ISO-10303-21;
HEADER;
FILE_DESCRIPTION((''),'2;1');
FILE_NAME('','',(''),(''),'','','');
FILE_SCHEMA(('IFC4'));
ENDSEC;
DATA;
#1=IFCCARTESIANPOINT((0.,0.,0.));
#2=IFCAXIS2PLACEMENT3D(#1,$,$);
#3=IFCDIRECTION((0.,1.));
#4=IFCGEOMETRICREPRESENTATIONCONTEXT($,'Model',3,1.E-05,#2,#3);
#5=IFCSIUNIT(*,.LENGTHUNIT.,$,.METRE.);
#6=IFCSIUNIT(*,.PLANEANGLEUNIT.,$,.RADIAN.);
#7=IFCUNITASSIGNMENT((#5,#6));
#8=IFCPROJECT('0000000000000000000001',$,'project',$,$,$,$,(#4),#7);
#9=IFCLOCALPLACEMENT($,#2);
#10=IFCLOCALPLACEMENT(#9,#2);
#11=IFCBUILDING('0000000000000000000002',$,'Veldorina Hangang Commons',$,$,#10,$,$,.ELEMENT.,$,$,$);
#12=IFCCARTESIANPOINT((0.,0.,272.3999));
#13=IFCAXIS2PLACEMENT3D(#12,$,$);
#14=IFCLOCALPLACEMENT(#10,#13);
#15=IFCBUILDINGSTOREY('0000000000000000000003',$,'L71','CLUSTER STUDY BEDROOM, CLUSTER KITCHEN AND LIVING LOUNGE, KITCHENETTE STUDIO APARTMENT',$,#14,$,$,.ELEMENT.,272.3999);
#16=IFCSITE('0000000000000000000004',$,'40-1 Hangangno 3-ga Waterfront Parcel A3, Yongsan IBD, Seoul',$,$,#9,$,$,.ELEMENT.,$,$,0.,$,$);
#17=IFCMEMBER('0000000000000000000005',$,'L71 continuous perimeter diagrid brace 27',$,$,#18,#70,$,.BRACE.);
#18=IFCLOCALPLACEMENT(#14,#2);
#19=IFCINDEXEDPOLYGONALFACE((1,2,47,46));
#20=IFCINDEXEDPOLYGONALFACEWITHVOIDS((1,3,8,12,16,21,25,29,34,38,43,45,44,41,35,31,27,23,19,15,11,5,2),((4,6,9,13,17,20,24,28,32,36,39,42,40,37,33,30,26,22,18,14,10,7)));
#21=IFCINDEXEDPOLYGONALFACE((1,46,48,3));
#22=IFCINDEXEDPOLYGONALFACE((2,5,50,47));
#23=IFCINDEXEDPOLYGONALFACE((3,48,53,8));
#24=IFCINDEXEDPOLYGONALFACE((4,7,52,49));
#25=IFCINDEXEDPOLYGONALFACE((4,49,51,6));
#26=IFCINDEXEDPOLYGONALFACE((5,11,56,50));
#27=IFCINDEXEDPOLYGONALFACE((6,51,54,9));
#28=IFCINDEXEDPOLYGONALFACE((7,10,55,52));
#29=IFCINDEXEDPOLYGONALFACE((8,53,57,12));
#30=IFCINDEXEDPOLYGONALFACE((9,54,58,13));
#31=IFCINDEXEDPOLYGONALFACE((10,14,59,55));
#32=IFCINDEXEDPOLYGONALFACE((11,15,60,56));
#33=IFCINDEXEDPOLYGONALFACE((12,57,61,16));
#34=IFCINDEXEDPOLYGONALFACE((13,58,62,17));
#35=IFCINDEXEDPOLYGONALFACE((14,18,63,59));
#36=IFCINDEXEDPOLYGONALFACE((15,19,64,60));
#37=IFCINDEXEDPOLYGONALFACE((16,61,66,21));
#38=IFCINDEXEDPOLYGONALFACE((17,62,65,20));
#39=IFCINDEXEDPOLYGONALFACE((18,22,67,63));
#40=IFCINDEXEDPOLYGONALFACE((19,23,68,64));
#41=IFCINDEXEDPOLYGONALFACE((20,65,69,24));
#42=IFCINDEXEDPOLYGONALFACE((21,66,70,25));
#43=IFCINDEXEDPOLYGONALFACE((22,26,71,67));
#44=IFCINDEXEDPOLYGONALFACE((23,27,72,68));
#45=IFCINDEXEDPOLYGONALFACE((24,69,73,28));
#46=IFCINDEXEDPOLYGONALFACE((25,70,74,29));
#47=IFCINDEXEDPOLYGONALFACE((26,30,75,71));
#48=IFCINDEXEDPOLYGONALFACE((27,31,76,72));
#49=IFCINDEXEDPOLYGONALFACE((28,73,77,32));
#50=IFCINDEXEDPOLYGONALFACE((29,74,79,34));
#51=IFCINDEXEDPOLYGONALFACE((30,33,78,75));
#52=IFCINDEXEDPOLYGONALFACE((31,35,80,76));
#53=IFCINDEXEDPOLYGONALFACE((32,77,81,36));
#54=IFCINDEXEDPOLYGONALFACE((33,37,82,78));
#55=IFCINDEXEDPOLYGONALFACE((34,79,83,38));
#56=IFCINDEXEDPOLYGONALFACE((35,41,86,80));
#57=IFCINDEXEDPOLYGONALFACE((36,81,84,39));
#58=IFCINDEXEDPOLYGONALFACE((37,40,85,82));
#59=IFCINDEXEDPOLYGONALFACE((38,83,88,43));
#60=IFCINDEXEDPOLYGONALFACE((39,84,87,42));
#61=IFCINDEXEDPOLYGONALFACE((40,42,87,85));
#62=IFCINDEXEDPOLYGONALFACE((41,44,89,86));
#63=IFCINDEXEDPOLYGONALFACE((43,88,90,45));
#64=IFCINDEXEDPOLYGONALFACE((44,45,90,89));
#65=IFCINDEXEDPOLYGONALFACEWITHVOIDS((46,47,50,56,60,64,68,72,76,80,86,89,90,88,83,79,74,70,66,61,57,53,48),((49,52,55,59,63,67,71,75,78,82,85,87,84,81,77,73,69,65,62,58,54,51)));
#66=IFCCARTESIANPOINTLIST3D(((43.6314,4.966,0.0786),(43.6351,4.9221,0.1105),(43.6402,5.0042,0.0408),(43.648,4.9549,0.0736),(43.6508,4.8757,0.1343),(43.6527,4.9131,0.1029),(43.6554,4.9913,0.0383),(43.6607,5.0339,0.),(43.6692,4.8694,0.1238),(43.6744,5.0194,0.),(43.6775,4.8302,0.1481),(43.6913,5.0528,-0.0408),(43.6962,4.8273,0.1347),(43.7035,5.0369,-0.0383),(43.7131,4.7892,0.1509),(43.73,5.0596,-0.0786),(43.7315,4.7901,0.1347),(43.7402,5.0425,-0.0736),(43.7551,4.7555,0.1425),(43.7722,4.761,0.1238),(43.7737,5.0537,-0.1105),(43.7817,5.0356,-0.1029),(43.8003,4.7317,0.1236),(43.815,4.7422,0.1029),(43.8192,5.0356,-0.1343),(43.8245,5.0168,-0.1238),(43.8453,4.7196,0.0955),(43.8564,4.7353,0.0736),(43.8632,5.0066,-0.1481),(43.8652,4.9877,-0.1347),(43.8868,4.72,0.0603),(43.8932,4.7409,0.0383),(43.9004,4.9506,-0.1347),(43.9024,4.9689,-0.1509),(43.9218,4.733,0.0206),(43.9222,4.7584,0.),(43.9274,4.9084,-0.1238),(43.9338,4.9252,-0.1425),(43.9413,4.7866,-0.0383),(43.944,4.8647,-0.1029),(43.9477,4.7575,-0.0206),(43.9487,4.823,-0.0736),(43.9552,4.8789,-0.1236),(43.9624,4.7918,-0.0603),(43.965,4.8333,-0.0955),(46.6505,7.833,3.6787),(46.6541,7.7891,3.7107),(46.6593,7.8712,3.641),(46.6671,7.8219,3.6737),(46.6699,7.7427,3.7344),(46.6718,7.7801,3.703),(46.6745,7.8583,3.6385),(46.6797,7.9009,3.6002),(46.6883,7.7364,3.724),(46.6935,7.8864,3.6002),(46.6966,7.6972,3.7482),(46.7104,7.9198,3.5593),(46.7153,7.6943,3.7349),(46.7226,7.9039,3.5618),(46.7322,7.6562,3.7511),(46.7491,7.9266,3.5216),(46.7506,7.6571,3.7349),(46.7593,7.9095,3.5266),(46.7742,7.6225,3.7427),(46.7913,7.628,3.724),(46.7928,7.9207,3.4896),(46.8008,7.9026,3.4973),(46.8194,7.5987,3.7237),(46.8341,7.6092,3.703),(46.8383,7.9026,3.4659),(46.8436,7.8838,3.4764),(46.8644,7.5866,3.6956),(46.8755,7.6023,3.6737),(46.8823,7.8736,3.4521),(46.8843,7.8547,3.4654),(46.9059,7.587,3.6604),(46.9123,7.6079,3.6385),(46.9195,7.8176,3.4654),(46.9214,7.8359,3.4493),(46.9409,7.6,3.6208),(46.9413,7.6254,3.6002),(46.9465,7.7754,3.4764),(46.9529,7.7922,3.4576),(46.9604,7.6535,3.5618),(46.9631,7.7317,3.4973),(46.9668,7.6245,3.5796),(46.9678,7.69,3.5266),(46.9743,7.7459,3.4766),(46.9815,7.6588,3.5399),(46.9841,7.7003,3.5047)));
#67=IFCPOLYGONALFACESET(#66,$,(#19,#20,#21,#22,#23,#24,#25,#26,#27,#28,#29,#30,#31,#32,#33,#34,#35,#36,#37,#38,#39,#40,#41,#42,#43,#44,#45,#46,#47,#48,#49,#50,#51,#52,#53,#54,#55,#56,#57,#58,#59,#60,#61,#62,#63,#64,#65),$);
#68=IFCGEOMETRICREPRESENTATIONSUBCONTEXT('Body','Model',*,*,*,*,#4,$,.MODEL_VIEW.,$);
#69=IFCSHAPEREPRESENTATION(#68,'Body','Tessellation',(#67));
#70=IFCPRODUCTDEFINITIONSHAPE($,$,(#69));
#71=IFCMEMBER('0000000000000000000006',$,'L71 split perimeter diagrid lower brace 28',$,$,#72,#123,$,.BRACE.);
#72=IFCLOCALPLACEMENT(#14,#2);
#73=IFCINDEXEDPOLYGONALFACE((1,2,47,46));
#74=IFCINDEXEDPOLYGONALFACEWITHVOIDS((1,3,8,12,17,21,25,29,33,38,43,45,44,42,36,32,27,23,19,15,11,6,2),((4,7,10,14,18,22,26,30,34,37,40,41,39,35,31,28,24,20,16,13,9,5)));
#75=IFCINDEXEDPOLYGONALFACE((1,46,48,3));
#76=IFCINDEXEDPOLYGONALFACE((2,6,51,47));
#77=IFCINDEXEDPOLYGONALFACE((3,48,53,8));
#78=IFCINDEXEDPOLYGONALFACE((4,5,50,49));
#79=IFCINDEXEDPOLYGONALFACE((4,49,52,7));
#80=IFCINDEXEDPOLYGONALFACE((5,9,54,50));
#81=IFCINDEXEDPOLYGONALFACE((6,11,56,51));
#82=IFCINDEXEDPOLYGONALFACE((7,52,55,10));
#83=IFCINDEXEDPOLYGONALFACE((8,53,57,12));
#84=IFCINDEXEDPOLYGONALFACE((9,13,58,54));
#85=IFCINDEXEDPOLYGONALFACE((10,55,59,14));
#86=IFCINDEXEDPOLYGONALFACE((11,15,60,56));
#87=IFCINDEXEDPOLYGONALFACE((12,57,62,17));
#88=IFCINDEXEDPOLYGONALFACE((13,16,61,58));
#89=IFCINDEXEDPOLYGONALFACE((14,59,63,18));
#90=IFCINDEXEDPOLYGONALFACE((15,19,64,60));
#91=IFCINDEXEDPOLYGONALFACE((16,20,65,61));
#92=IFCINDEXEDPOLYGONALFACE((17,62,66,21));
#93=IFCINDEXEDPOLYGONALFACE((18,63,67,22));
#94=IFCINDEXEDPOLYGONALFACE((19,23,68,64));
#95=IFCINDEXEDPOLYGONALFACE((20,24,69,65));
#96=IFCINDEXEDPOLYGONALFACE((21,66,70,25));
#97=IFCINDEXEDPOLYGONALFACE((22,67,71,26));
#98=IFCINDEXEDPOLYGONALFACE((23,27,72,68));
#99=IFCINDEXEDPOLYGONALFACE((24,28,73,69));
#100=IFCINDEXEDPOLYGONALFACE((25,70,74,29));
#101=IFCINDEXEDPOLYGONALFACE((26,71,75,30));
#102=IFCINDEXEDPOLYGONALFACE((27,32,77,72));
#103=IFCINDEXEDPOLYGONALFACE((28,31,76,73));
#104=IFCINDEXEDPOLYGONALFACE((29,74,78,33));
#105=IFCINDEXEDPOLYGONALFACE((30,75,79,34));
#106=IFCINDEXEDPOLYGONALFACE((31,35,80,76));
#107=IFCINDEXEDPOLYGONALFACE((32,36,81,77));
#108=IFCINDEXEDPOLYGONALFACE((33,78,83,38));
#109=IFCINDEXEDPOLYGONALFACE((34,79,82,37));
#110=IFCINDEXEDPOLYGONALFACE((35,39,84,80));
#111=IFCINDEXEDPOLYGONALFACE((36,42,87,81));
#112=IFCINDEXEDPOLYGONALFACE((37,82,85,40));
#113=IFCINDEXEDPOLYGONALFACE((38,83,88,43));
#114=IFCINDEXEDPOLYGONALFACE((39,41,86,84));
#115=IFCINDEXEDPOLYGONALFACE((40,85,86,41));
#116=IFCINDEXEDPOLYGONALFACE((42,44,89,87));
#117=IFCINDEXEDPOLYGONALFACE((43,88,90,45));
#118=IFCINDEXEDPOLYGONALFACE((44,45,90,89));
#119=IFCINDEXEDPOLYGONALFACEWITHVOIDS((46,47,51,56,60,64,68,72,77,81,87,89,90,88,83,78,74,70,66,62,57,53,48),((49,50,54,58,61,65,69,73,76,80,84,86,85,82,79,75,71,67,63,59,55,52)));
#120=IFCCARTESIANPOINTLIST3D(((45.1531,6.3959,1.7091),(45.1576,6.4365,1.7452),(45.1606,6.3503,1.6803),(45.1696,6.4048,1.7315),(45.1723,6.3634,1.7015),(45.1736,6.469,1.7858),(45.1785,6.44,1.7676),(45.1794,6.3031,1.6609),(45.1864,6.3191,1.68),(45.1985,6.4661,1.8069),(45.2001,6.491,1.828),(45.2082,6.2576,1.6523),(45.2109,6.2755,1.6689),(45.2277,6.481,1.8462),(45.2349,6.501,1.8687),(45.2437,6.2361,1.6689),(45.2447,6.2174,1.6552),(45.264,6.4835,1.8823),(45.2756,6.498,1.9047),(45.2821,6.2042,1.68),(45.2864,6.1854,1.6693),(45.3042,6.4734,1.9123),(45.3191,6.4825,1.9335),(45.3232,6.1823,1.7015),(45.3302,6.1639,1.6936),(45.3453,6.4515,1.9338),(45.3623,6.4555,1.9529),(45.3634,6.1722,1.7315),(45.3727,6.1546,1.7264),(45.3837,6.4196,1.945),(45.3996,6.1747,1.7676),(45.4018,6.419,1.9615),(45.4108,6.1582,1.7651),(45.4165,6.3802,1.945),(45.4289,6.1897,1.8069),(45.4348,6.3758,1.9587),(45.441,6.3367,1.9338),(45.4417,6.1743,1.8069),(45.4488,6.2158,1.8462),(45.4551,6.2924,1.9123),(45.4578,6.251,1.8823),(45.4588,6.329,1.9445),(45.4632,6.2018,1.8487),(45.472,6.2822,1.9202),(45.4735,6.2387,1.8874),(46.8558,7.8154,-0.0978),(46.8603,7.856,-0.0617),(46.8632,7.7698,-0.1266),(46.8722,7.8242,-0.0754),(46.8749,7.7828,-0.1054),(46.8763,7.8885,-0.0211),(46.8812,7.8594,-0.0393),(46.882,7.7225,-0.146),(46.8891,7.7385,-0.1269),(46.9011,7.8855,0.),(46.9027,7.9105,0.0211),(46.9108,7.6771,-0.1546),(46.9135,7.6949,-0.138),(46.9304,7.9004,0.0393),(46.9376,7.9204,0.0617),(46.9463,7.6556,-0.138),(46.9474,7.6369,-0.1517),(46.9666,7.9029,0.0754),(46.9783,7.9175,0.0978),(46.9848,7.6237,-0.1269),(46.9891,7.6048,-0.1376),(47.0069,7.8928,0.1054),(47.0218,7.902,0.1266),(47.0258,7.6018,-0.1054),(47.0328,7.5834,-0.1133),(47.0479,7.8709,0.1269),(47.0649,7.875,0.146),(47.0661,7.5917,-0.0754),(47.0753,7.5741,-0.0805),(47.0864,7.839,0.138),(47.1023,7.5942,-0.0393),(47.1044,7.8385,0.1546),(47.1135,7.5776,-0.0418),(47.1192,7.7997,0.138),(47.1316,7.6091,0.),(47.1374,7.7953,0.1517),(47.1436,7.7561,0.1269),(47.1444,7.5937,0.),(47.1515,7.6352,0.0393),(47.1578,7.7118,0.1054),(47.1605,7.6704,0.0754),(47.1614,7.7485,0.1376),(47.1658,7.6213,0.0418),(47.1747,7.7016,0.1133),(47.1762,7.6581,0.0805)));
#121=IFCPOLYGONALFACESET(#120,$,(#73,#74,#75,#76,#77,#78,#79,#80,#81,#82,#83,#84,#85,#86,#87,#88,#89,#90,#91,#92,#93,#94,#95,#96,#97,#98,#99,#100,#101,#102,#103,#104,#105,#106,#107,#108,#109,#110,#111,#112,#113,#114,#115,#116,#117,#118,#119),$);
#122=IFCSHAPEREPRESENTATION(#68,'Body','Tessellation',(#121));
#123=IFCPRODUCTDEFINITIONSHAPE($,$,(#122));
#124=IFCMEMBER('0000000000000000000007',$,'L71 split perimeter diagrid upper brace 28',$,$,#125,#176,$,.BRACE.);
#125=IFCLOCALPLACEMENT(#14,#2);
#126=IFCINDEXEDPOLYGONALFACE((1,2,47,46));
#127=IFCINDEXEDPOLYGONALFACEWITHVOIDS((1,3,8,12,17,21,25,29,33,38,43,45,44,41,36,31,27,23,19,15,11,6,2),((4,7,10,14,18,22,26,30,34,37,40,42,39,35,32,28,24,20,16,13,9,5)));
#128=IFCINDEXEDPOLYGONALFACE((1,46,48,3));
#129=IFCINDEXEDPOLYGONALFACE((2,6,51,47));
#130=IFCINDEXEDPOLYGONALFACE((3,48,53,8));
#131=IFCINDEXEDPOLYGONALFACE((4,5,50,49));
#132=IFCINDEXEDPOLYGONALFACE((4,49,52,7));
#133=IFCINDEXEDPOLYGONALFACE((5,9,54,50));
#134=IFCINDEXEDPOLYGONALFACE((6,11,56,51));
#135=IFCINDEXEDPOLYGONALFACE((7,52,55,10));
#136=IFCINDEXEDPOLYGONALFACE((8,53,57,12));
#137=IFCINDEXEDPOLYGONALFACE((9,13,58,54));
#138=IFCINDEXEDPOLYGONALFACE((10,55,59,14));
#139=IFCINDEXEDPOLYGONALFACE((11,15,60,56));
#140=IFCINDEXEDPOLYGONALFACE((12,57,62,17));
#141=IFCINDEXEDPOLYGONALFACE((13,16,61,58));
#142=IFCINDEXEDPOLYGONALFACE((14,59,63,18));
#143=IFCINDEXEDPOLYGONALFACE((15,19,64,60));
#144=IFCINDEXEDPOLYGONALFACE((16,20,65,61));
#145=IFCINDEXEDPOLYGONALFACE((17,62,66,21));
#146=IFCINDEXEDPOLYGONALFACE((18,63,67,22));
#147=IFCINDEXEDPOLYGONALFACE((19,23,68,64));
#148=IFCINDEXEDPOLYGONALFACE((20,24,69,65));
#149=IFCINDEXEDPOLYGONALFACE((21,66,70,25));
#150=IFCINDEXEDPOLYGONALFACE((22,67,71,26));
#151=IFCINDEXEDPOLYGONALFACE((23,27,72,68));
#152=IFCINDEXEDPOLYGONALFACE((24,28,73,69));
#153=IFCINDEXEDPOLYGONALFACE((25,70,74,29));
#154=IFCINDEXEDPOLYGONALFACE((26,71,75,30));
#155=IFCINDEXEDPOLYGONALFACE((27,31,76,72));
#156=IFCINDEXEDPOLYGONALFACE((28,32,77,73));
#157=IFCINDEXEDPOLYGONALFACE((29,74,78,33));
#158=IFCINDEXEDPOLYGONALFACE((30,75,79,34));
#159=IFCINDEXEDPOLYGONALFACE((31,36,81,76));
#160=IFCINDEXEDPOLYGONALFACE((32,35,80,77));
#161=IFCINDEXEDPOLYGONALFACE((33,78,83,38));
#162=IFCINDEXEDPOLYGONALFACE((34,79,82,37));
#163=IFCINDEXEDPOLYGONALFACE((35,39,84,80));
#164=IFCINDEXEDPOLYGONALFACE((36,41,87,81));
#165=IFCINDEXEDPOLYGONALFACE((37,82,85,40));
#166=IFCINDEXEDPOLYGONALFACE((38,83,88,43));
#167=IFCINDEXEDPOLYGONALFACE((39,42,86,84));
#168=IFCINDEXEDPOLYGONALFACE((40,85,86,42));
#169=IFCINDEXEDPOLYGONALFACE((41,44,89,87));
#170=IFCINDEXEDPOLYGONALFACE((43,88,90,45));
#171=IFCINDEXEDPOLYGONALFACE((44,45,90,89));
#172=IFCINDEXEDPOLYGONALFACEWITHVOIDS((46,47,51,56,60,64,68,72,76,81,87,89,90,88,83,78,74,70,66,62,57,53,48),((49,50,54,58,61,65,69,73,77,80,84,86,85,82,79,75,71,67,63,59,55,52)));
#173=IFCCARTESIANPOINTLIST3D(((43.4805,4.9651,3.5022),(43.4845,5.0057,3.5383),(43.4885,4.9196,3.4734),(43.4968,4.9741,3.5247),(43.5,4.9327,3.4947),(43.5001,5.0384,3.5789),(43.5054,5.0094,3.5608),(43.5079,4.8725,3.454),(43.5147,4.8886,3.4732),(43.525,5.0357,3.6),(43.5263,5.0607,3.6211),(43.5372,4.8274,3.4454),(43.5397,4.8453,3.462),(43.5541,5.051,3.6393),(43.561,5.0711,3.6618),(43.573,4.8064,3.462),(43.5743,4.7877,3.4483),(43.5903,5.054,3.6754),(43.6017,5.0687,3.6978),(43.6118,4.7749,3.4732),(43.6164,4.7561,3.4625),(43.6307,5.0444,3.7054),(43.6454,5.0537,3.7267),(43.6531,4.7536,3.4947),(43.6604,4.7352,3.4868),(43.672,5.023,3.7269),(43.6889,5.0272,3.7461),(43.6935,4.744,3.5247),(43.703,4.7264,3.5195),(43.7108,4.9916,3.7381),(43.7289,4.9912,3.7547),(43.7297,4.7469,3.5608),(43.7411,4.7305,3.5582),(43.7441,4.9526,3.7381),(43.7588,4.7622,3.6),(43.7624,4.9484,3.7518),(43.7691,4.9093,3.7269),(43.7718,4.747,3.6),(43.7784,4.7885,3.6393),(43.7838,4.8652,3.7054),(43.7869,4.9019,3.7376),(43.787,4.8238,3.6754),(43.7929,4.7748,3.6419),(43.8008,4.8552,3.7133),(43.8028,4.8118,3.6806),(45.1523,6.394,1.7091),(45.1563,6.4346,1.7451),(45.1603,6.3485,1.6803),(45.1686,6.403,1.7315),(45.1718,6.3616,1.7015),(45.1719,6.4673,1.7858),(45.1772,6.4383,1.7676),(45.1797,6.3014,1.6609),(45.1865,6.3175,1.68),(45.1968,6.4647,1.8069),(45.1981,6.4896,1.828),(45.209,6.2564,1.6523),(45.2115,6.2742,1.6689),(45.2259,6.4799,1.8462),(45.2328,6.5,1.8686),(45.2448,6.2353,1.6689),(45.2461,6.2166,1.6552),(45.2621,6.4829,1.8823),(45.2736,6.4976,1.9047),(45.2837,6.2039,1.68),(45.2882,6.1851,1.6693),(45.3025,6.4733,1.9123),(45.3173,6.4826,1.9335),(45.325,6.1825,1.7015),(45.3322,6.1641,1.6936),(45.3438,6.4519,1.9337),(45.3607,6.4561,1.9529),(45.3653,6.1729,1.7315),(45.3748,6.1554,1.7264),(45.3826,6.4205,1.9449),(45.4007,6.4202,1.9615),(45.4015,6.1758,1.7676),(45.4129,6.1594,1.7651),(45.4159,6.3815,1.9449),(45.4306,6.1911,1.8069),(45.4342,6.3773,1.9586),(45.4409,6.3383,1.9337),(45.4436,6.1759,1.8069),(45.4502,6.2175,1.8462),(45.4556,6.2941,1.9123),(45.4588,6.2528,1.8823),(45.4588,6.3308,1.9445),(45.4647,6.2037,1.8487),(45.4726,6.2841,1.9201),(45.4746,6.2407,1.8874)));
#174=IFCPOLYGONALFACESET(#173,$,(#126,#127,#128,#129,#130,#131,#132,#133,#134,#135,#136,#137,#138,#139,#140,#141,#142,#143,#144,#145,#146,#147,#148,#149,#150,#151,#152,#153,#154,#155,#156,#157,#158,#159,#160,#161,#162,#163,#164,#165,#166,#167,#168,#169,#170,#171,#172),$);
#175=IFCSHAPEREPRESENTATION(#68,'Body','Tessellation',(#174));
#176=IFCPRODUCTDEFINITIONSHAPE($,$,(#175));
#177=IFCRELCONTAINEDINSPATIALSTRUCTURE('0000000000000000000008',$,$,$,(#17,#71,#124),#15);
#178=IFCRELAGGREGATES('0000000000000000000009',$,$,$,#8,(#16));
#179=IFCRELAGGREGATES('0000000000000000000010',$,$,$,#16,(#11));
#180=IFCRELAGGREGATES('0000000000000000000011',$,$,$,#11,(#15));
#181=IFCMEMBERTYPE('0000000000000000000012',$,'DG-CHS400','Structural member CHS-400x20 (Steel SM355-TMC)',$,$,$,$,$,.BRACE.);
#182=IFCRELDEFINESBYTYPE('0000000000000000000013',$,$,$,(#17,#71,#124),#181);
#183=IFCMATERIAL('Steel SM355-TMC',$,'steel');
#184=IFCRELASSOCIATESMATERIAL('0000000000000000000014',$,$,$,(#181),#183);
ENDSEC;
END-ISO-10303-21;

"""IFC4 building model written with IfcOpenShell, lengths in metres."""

from ifc_helpers import new_model, si_unit, direction, frame, origin, origin_2d, place, context, subcontext, project, spatial, hollow_circle, extrude, material, material_profile, profile_set, type_object, element, save


model = new_model("IFC4")

# Units and contexts
model_context = context("Model", 3, precision=1e-05, world=origin(), true_north=direction((0.0, 1.0)))
body_context = subcontext(model_context, "Body", "Model", "MODEL_VIEW")
ifc_project = project(units=[si_unit("LENGTHUNIT", "METRE"), si_unit("PLANEANGLEUNIT", "RADIAN")], contexts=[model_context])

# Site, building, storey
site_placement = place(None, origin())
site = spatial("IfcSite", under=ifc_project, at=site_placement, Name="40-1 Hangangno 3-ga Waterfront Parcel A3, Yongsan IBD, Seoul", CompositionType="ELEMENT", RefElevation=0.0)
building_placement = place(site_placement, origin())
building = spatial("IfcBuilding", under=site, at=building_placement, Name="Veldorina Hangang Commons", CompositionType="ELEMENT")
storey_placement = place(building_placement, frame((0.0, 0.0, 272.3999)))
storey = spatial("IfcBuildingStorey", under=building, at=storey_placement, Name="L71", Description="CLUSTER STUDY BEDROOM, CLUSTER KITCHEN AND LIVING LOUNGE, KITCHENETTE STUDIO APARTMENT", CompositionType="ELEMENT", Elevation=272.3999)

# Shared definitions
ifc_material_1 = material(Name="Steel SM355-TMC", Category="steel")

# Members
ifc_material_profile_1 = material_profile(ifc_material_1, hollow_circle(Radius=0.2, WallThickness=0.02, at=origin_2d()), Name="CHS-400x20")
ifc_profile_set_1 = profile_set([ifc_material_profile_1], Name="Steel SM355-TMC")
member_type_1 = type_object("IfcMemberType", Name="DG-CHS400", Description="Structural member CHS-400x20 (Steel SM355-TMC)", PredefinedType="BRACE", material=ifc_profile_set_1)
member_1_placement = place(storey_placement, frame((43.7983, 4.8889, 0.0), z_axis=(0.548512, 0.520878, 0.65408), x_axis=(-0.688605, 0.725137, 0.0)))
element("IfcMember", 1, at=member_1_placement, inside=storey, type_object=member_type_1, Name="L71 continuous perimeter diagrid brace 27", PredefinedType="BRACE", context=body_context, shape_type="SweptSolid", body=[
    extrude(hollow_circle(Radius=0.2, WallThickness=0.02, at=origin_2d()), origin(), (0.0, 0.0, 1.0), 5.5042),
])
member_2_placement = place(storey_placement, frame((47.0164, 7.7473, 0.0), z_axis=(-0.595364, -0.496336, 0.631817), x_axis=(0.640336, -0.768095, 0.0)))
element("IfcMember", 2, at=member_2_placement, inside=storey, type_object=member_type_1, Name="L71 split perimeter diagrid lower brace 28", PredefinedType="BRACE", context=body_context, shape_type="SweptSolid", body=[
    extrude(hollow_circle(Radius=0.2, WallThickness=0.02, at=origin_2d()), origin(), (0.0, 0.0, 1.0), 2.8599),
])
member_3_placement = place(storey_placement, frame((45.3137, 6.3279, 1.8069), z_axis=(-0.58916, -0.503556, 0.631919), x_axis=(0.649721, -0.760173, 0.0)))
element("IfcMember", 3, at=member_3_placement, inside=storey, type_object=member_type_1, Name="L71 split perimeter diagrid upper brace 28", PredefinedType="BRACE", context=body_context, shape_type="SweptSolid", body=[
    extrude(hollow_circle(Radius=0.2, WallThickness=0.02, at=origin_2d()), origin(), (0.0, 0.0, 1.0), 2.8376),
])

save(model, "model.ifc")
